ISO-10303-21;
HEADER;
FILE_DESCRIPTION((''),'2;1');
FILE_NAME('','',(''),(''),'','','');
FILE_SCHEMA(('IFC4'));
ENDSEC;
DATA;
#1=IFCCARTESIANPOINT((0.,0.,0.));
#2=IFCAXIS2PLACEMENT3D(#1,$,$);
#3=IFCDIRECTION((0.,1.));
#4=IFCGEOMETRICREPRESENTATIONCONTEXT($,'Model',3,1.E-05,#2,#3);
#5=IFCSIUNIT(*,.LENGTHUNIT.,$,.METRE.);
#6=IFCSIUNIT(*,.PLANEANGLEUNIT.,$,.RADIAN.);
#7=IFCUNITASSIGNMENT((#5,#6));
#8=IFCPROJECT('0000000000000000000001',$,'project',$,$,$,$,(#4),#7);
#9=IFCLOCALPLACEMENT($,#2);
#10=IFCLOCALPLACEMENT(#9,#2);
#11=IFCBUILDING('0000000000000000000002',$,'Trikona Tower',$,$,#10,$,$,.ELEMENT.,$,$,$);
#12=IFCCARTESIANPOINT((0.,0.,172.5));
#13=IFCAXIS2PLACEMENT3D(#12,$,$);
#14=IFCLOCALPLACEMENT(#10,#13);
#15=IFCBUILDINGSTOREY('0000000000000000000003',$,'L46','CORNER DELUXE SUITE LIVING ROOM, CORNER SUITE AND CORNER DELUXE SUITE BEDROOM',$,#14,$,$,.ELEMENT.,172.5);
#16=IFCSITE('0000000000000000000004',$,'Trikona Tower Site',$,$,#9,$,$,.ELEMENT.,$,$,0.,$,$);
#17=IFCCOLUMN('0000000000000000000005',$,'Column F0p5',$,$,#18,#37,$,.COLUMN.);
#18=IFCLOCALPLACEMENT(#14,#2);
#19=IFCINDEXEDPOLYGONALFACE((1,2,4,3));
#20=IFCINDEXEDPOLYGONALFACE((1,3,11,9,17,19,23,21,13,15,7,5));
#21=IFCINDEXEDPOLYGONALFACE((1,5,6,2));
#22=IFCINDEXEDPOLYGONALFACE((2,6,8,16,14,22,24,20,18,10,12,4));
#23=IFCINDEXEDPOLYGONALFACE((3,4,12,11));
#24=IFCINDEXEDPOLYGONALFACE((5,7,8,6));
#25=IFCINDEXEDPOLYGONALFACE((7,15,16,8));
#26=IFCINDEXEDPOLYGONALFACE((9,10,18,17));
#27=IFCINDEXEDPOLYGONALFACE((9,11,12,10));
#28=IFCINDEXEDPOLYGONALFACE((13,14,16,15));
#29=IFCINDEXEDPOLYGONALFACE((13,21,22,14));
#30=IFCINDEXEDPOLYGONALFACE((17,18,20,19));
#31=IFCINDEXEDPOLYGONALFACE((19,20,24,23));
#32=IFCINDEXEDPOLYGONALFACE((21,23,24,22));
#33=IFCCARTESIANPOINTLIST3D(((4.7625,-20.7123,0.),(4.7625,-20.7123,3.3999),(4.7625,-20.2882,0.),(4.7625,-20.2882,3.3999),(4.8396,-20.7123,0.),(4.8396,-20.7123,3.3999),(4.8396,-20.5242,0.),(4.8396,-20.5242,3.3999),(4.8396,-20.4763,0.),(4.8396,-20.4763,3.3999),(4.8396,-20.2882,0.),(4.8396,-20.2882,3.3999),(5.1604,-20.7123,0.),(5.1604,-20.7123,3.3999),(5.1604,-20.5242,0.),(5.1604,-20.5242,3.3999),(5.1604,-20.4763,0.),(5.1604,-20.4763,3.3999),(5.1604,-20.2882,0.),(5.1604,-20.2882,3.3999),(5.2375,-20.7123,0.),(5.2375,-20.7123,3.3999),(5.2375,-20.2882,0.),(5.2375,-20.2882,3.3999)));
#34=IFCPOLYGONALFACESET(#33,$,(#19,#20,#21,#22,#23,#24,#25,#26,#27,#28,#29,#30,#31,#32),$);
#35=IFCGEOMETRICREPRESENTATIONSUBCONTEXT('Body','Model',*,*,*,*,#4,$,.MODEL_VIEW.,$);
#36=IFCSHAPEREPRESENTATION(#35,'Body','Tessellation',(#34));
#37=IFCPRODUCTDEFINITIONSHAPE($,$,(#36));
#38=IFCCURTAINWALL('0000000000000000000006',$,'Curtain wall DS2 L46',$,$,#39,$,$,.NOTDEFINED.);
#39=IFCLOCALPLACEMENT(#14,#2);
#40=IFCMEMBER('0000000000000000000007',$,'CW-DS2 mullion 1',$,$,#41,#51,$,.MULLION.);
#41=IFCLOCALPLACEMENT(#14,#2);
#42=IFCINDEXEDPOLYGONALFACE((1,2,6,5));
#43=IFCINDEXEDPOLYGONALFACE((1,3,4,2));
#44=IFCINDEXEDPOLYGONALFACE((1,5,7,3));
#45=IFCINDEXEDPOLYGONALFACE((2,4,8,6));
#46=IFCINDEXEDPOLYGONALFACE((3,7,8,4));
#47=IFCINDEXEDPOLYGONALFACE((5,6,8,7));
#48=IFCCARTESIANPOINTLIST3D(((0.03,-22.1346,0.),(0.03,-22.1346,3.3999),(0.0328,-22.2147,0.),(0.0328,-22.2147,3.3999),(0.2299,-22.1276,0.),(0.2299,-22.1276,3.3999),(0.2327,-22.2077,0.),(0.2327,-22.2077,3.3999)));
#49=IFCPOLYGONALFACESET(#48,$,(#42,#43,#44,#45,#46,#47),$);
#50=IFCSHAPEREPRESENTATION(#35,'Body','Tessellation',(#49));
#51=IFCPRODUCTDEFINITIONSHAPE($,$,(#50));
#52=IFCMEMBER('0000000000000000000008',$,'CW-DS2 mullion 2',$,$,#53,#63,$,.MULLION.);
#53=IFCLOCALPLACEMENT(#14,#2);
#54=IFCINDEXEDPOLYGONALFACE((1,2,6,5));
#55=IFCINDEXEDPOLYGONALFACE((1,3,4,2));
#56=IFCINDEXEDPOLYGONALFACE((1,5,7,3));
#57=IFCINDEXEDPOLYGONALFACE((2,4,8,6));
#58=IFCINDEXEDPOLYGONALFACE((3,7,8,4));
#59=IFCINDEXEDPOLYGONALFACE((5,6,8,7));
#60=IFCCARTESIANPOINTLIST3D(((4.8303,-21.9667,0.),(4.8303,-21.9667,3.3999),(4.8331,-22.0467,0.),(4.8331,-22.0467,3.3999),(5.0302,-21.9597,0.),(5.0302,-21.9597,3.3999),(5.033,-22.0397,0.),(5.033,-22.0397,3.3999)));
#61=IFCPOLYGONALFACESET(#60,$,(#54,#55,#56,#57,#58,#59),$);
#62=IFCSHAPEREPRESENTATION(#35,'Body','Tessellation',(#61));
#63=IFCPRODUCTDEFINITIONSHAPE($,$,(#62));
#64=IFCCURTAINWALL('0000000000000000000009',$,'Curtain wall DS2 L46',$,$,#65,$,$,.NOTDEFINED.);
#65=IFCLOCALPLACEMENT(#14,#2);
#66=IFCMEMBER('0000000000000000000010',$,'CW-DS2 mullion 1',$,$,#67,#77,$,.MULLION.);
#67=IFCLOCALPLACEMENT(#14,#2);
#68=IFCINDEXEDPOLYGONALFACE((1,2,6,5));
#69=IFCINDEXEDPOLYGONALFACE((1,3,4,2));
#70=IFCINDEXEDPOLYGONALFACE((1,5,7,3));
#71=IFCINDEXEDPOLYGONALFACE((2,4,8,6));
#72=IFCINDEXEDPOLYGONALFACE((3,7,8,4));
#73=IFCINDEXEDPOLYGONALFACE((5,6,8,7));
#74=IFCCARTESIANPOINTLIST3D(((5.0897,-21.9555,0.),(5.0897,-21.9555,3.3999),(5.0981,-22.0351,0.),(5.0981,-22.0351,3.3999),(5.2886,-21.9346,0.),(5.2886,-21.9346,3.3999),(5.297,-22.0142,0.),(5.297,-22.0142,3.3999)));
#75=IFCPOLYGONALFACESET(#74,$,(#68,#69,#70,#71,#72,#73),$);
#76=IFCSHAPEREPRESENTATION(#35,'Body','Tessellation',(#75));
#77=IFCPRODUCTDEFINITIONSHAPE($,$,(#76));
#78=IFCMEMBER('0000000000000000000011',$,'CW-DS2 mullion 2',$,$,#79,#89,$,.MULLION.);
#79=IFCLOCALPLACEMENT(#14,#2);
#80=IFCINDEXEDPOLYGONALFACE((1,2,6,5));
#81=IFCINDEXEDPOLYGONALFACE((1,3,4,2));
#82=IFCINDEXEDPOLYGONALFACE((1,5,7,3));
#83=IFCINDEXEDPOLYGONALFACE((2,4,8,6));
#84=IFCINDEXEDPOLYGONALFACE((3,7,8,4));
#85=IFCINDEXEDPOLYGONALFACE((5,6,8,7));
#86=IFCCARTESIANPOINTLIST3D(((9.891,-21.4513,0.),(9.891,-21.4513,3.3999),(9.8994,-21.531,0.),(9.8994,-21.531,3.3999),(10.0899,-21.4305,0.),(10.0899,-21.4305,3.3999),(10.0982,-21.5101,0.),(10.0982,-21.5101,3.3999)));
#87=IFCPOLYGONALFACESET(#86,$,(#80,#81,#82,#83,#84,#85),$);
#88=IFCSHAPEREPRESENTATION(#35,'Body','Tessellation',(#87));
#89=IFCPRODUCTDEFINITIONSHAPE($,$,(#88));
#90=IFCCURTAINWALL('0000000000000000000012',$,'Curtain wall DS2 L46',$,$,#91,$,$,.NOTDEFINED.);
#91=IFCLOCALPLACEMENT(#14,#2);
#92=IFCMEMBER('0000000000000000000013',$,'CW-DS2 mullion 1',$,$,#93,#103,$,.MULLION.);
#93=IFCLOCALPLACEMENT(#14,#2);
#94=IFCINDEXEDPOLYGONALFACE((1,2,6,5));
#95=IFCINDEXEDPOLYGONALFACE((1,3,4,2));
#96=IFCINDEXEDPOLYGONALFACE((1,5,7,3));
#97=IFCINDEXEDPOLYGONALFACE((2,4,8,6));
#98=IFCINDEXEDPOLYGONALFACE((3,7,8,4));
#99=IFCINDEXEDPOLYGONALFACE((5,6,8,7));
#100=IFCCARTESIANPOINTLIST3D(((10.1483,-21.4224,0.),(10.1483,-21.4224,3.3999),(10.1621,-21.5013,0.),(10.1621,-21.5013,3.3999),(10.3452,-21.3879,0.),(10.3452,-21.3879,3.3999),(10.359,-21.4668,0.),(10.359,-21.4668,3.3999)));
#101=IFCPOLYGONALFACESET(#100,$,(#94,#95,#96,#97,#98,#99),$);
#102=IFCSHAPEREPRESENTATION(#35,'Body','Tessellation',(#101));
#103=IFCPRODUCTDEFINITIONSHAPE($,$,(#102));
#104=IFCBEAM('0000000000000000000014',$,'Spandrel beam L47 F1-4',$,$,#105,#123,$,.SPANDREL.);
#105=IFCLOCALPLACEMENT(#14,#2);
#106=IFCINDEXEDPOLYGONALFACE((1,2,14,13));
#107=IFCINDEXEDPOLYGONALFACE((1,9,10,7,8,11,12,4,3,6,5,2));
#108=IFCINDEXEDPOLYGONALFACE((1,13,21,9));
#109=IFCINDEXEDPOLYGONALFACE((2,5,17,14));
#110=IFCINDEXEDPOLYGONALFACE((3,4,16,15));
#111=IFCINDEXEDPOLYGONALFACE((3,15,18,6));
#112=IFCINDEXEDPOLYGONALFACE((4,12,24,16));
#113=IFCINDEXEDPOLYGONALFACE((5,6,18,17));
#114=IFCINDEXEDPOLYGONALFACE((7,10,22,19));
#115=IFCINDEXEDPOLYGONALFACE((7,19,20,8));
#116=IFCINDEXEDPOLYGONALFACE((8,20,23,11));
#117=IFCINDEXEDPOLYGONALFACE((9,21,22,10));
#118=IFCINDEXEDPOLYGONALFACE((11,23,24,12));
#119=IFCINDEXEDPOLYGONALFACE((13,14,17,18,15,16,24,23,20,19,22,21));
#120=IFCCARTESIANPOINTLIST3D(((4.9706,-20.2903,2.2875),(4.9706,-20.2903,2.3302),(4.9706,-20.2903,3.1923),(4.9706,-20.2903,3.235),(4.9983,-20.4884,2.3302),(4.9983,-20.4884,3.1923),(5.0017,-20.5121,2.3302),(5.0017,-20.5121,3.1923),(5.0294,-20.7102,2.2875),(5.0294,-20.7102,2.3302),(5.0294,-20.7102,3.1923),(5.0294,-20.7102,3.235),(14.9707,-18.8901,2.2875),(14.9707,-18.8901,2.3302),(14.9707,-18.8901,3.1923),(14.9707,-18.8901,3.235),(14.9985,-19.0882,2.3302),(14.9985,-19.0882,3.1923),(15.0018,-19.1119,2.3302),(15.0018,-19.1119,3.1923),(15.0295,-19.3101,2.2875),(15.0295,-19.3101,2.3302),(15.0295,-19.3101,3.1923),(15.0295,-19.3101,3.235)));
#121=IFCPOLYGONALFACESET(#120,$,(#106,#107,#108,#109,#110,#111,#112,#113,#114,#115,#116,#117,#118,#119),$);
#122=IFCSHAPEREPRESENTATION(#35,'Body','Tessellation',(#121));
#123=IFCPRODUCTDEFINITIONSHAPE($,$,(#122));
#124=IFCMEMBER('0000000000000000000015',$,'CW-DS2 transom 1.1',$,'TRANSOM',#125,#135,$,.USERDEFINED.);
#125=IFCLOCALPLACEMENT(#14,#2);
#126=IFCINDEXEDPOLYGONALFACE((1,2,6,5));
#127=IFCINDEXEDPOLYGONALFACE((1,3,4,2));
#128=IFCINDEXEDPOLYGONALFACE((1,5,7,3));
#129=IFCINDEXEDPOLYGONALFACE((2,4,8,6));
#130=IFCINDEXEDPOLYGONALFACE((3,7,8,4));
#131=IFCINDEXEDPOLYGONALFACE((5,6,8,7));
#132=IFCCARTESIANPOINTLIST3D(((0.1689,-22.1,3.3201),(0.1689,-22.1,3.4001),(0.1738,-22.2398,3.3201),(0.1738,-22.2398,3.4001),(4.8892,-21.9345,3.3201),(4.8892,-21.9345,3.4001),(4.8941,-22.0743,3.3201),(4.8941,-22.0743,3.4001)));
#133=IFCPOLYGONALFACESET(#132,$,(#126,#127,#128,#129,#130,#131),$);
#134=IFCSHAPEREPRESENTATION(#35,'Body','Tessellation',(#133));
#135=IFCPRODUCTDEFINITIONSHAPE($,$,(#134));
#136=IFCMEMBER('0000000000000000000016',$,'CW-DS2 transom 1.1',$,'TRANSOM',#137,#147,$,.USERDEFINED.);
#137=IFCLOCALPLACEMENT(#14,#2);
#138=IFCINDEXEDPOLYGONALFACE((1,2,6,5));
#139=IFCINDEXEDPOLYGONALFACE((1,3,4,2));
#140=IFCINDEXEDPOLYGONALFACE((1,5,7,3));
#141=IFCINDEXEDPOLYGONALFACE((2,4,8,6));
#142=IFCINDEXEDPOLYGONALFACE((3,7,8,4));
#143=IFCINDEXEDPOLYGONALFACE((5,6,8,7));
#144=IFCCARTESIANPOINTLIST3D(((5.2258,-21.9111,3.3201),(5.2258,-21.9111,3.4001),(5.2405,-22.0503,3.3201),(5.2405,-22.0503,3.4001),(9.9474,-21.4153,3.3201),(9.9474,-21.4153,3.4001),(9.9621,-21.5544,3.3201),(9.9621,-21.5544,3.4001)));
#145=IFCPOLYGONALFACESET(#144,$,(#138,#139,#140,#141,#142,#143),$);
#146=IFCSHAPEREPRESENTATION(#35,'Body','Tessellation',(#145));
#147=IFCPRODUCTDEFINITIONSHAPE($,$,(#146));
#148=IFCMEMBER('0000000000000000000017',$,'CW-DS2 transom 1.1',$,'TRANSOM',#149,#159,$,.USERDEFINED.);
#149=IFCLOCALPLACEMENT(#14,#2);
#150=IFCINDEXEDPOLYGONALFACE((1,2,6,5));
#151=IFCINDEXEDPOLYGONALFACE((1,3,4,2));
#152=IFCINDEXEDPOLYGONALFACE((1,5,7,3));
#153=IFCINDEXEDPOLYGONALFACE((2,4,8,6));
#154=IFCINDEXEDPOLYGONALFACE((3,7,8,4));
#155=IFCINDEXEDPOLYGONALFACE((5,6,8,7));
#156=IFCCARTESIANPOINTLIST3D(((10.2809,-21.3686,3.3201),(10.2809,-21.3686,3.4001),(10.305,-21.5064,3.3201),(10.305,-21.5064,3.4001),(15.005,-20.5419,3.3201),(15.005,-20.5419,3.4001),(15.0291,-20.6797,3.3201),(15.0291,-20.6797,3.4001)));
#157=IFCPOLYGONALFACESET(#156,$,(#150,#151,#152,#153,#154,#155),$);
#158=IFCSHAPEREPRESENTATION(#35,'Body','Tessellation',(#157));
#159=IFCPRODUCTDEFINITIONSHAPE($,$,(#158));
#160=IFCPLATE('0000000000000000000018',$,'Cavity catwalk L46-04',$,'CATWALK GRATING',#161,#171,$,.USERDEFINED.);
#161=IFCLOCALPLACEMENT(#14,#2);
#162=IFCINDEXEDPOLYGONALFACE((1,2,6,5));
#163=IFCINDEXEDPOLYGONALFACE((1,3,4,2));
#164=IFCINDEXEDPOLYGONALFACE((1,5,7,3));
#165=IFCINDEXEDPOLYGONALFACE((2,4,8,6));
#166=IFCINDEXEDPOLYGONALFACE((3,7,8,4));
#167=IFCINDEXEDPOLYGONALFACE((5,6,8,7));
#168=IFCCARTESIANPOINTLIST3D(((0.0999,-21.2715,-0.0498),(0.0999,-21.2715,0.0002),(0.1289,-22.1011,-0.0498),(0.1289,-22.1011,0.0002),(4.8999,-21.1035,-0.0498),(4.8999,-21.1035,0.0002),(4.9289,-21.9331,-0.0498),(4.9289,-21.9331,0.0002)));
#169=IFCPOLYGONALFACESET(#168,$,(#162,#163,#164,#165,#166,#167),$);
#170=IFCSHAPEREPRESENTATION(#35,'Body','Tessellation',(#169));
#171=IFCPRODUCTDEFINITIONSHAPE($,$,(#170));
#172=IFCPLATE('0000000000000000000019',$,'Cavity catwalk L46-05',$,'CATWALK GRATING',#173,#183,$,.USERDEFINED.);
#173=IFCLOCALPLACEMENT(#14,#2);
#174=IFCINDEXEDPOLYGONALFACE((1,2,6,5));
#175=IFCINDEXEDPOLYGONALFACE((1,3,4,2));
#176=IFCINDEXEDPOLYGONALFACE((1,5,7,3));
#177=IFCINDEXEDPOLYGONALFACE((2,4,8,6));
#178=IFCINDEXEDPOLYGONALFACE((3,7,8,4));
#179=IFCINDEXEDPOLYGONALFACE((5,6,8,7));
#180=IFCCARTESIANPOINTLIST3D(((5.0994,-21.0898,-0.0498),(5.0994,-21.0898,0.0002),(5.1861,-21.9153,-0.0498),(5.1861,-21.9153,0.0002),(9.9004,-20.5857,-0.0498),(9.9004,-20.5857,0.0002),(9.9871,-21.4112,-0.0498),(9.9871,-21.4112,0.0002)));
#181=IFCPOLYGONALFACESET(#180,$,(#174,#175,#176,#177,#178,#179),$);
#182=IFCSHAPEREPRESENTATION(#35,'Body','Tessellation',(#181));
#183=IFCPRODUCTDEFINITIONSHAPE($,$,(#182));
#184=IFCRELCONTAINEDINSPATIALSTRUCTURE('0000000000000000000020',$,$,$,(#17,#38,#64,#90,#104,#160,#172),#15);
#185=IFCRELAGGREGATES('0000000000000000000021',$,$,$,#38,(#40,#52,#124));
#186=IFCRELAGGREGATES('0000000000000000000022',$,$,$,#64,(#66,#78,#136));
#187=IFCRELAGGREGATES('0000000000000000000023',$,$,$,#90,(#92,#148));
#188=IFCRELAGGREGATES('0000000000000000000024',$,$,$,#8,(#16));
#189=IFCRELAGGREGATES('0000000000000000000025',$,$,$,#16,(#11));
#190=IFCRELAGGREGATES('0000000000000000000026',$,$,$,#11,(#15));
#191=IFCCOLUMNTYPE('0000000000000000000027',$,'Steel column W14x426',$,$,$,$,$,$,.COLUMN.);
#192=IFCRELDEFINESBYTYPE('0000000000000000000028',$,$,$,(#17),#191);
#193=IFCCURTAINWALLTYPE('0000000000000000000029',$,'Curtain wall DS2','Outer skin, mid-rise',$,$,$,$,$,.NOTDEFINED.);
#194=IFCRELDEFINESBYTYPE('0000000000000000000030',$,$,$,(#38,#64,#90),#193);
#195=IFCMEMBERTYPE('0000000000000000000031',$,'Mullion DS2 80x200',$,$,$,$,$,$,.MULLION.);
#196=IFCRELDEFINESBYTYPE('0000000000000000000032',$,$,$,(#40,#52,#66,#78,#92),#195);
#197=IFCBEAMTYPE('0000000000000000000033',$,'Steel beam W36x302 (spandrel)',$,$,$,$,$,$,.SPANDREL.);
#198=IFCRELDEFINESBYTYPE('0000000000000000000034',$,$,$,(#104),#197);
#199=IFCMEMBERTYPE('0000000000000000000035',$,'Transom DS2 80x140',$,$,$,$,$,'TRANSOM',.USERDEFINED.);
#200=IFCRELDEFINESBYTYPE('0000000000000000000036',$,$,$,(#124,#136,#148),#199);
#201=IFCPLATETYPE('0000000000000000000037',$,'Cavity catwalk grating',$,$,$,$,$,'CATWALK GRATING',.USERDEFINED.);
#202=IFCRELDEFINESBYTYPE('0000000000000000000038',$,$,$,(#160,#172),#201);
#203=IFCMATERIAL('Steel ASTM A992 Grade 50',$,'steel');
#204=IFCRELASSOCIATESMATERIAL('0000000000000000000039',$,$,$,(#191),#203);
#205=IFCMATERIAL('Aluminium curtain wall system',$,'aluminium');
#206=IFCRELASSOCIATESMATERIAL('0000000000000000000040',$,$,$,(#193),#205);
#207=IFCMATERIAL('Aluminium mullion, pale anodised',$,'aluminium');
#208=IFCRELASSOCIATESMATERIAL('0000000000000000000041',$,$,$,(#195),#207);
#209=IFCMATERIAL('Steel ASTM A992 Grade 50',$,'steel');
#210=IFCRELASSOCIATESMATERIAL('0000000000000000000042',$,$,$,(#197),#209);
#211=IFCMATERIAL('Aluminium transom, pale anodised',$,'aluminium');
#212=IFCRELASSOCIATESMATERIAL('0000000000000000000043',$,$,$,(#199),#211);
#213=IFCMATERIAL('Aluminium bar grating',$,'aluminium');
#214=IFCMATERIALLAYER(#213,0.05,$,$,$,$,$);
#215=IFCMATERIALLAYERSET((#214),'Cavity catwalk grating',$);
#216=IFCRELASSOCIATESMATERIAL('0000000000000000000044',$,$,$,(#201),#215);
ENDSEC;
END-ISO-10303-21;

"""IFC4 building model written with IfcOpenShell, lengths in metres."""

from ifc_helpers import new_model, si_unit, direction, frame, origin, origin_2d, place, context, subcontext, project, spatial, rectangle, i_section, extrude, material, layer, layer_set, material_profile, profile_set, type_object, element, aggregate, save


model = new_model("IFC4")

# Units and contexts
model_context = context("Model", 3, precision=1e-05, world=origin(), true_north=direction((0.0, 1.0)))
body_context = subcontext(model_context, "Body", "Model", "MODEL_VIEW")
ifc_project = project(units=[si_unit("LENGTHUNIT", "METRE"), si_unit("PLANEANGLEUNIT", "RADIAN")], contexts=[model_context])

# Site, building, storey
site_placement = place(None, origin())
site = spatial("IfcSite", under=ifc_project, at=site_placement, Name="Trikona Tower Site", CompositionType="ELEMENT", RefElevation=0.0)
building_placement = place(site_placement, origin())
building = spatial("IfcBuilding", under=site, at=building_placement, Name="Trikona Tower", CompositionType="ELEMENT")
storey_placement = place(building_placement, frame((0.0, 0.0, 172.5)))
storey = spatial("IfcBuildingStorey", under=building, at=storey_placement, Name="L46", Description="CORNER DELUXE SUITE LIVING ROOM, CORNER SUITE AND CORNER DELUXE SUITE BEDROOM", CompositionType="ELEMENT", Elevation=172.5)

# Column
ifc_material_1 = material(Name="Steel ASTM A992 Grade 50", Category="steel")
ifc_material_profile_1 = material_profile(ifc_material_1, i_section(OverallWidth=0.4241, OverallDepth=0.4751, WebThickness=0.0479, FlangeThickness=0.0771, at=origin_2d()), Name="W14X426")
ifc_profile_set_1 = profile_set([ifc_material_profile_1], Name="Steel ASTM A992 Grade 50")
column_type = type_object("IfcColumnType", Name="Steel column W14x426", PredefinedType="COLUMN", material=ifc_profile_set_1)
column_placement = place(storey_placement, frame((5.0, -20.5002, 0.0), z_axis=(0.0, 0.0, 1.0), x_axis=(0.0, -1.0, 0.0)))
element("IfcColumn", 1, at=column_placement, inside=storey, type_object=column_type, Name="Column F0p5", PredefinedType="COLUMN", context=body_context, shape_type="SweptSolid", body=[
    extrude(i_section(OverallWidth=0.4241, OverallDepth=0.4751, WebThickness=0.0479, FlangeThickness=0.0771, at=origin_2d()), origin(), (0.0, 0.0, 1.0), 3.3999),
])

# Curtain walls, members
ifc_material_2 = material(Name="Aluminium curtain wall system", Category="aluminium")
curtain_wall_type = type_object("IfcCurtainWallType", Name="Curtain wall DS2", Description="Outer skin, mid-rise", PredefinedType="NOTDEFINED", material=ifc_material_2)
curtain_wall_1_placement = place(storey_placement, origin())
curtain_wall_1 = element("IfcCurtainWall", 2, at=curtain_wall_1_placement, inside=storey, type_object=curtain_wall_type, Name="Curtain wall DS2 L46", PredefinedType="NOTDEFINED")
ifc_material_3 = material(Name="Aluminium mullion, pale anodised", Category="aluminium")
ifc_material_profile_2 = material_profile(ifc_material_3, rectangle(XDim=0.0801, YDim=0.2, at=origin_2d()), Name="MUL-DS2")
ifc_profile_set_2 = profile_set([ifc_material_profile_2], Name="Aluminium mullion, pale anodised")
member_type_1 = type_object("IfcMemberType", Name="Mullion DS2 80x200", PredefinedType="MULLION", material=ifc_profile_set_2)
member_1_placement = place(storey_placement, frame((0.1313, -22.1711, 0.0), z_axis=(0.0, 0.0, 1.0), x_axis=(-0.034998, 0.999387, 0.0)))
member_1 = element("IfcMember", 3, at=member_1_placement, type_object=member_type_1, Name="CW-DS2 mullion 1", PredefinedType="MULLION", context=body_context, shape_type="SweptSolid", body=[
    extrude(rectangle(XDim=0.0801, YDim=0.2, at=origin_2d()), origin(), (0.0, 0.0, 1.0), 3.3999),
])
member_2_placement = place(storey_placement, frame((4.9316, -22.0032, 0.0), z_axis=(0.0, 0.0, 1.0), x_axis=(-0.034998, 0.999387, 0.0)))
member_2 = element("IfcMember", 4, at=member_2_placement, type_object=member_type_1, Name="CW-DS2 mullion 2", PredefinedType="MULLION", context=body_context, shape_type="SweptSolid", body=[
    extrude(rectangle(XDim=0.0801, YDim=0.2, at=origin_2d()), origin(), (0.0, 0.0, 1.0), 3.3999),
])
curtain_wall_2_placement = place(storey_placement, origin())
curtain_wall_2 = element("IfcCurtainWall", 5, at=curtain_wall_2_placement, inside=storey, type_object=curtain_wall_type, Name="Curtain wall DS2 L46", PredefinedType="NOTDEFINED")
member_3_placement = place(storey_placement, frame((5.1934, -21.9849, 0.0), z_axis=(0.0, 0.0, 1.0), x_axis=(-0.104433, 0.994532, 0.0)))
member_3 = element("IfcMember", 6, at=member_3_placement, type_object=member_type_1, Name="CW-DS2 mullion 1", PredefinedType="MULLION", context=body_context, shape_type="SweptSolid", body=[
    extrude(rectangle(XDim=0.0801, YDim=0.2, at=origin_2d()), origin(), (0.0, 0.0, 1.0), 3.3999),
])
member_4_placement = place(storey_placement, frame((9.9946, -21.4807, 0.0), z_axis=(0.0, 0.0, 1.0), x_axis=(-0.104433, 0.994532, 0.0)))
member_4 = element("IfcMember", 7, at=member_4_placement, type_object=member_type_1, Name="CW-DS2 mullion 2", PredefinedType="MULLION", context=body_context, shape_type="SweptSolid", body=[
    extrude(rectangle(XDim=0.0801, YDim=0.2, at=origin_2d()), origin(), (0.0, 0.0, 1.0), 3.3999),
])

# Curtain wall, member
curtain_wall_3_placement = place(storey_placement, origin())
curtain_wall_3 = element("IfcCurtainWall", 8, at=curtain_wall_3_placement, inside=storey, type_object=curtain_wall_type, Name="Curtain wall DS2 L46", PredefinedType="NOTDEFINED")
member_5_placement = place(storey_placement, frame((10.2537, -21.4446, 0.0), z_axis=(0.0, 0.0, 1.0), x_axis=(-0.172377, 0.985031, 0.0)))
member_5 = element("IfcMember", 9, at=member_5_placement, type_object=member_type_1, Name="CW-DS2 mullion 1", PredefinedType="MULLION", context=body_context, shape_type="SweptSolid", body=[
    extrude(rectangle(XDim=0.0801, YDim=0.2, at=origin_2d()), origin(), (0.0, 0.0, 1.0), 3.3999),
])

# Beam
ifc_material_4 = material(Name="Steel ASTM A992 Grade 50", Category="steel")
ifc_material_profile_3 = material_profile(ifc_material_4, i_section(OverallWidth=0.4241, OverallDepth=0.9475, WebThickness=0.0239, FlangeThickness=0.0427, at=origin_2d()), Name="W36X302")
ifc_profile_set_3 = profile_set([ifc_material_profile_3], Name="Steel ASTM A992 Grade 50")
beam_type = type_object("IfcBeamType", Name="Steel beam W36x302 (spandrel)", PredefinedType="SPANDREL", material=ifc_profile_set_3)
beam_placement = place(storey_placement, frame((5.0, -20.5002, 2.7612), z_axis=(0.99034, 0.138662, 0.0), x_axis=(-0.138662, 0.99034, 0.0)))
element("IfcBeam", 10, at=beam_placement, inside=storey, type_object=beam_type, Name="Spandrel beam L47 F1-4", PredefinedType="SPANDREL", context=body_context, shape_type="SweptSolid", body=[
    extrude(i_section(OverallWidth=0.4241, OverallDepth=0.9475, WebThickness=0.0239, FlangeThickness=0.0427, at=origin_2d()), origin(), (0.0, 0.0, 1.0), 10.0977),
])

# Members
ifc_material_5 = material(Name="Aluminium transom, pale anodised", Category="aluminium")
ifc_material_profile_4 = material_profile(ifc_material_5, rectangle(XDim=0.1399, YDim=0.0801, at=origin_2d()), Name="TRN-DS2")
ifc_profile_set_4 = profile_set([ifc_material_profile_4], Name="Aluminium transom, pale anodised")
member_type_2 = type_object("IfcMemberType", Name="Transom DS2 80x140", ElementType="TRANSOM", PredefinedType="USERDEFINED", material=ifc_profile_set_4)
member_6_placement = place(storey_placement, frame((0.1714, -22.1699, 3.3601), z_axis=(0.999386, 0.035046, 0.0), x_axis=(-0.035046, 0.999386, 0.0)))
member_6 = element("IfcMember", 11, at=member_6_placement, type_object=member_type_2, Name="CW-DS2 transom 1.1", ObjectType="TRANSOM", PredefinedType="USERDEFINED", context=body_context, shape_type="SweptSolid", body=[
    extrude(rectangle(XDim=0.1399, YDim=0.0801, at=origin_2d()), origin(), (0.0, 0.0, 1.0), 4.7231),
])
member_7_placement = place(storey_placement, frame((5.2332, -21.9807, 3.3601), z_axis=(0.994531, 0.104441, 0.0), x_axis=(-0.104441, 0.994531, 0.0)))
member_7 = element("IfcMember", 12, at=member_7_placement, type_object=member_type_2, Name="CW-DS2 transom 1.1", ObjectType="TRANSOM", PredefinedType="USERDEFINED", context=body_context, shape_type="SweptSolid", body=[
    extrude(rectangle(XDim=0.1399, YDim=0.0801, at=origin_2d()), origin(), (0.0, 0.0, 1.0), 4.7476),
])
member_8_placement = place(storey_placement, frame((10.293, -21.4375, 3.3601), z_axis=(0.985033, 0.172368, 0.0), x_axis=(-0.172368, 0.985033, 0.0)))
member_8 = element("IfcMember", 13, at=member_8_placement, type_object=member_type_2, Name="CW-DS2 transom 1.1", ObjectType="TRANSOM", PredefinedType="USERDEFINED", context=body_context, shape_type="SweptSolid", body=[
    extrude(rectangle(XDim=0.1399, YDim=0.0801, at=origin_2d()), origin(), (0.0, 0.0, 1.0), 4.7959),
])

# Plates
ifc_material_6 = material(Name="Aluminium bar grating", Category="aluminium")
ifc_layer_1 = layer(ifc_material_6, 0.05)
ifc_layer_set_1 = layer_set([ifc_layer_1], Name="Cavity catwalk grating")
plate_type_1 = type_object("IfcPlateType", Name="Cavity catwalk grating", ElementType="CATWALK GRATING", PredefinedType="USERDEFINED", material=ifc_layer_set_1)
plate_1_placement = place(storey_placement, frame((2.5144, -21.6023, -0.0498), z_axis=(0.0, 0.0, 1.0), x_axis=(0.999388, 0.034978, 0.0)))
element("IfcPlate", 14, at=plate_1_placement, inside=storey, type_object=plate_type_1, Name="Cavity catwalk L46-04", ObjectType="CATWALK GRATING", PredefinedType="USERDEFINED", context=body_context, shape_type="SweptSolid", body=[
    extrude(rectangle(XDim=4.803, YDim=0.8301, at=origin_2d()), origin(), (0.0, 0.0, 1.0), 0.05),
])
plate_2_placement = place(storey_placement, frame((7.5432, -21.2505, -0.0498), z_axis=(0.0, 0.0, 1.0), x_axis=(0.994533, 0.104426, 0.0)))
element("IfcPlate", 15, at=plate_2_placement, inside=storey, type_object=plate_type_1, Name="Cavity catwalk L46-05", ObjectType="CATWALK GRATING", PredefinedType="USERDEFINED", context=body_context, shape_type="SweptSolid", body=[
    extrude(rectangle(XDim=4.8274, YDim=0.8301, at=origin_2d()), origin(), (0.0, 0.0, 1.0), 0.05),
])

aggregate(curtain_wall_1, [member_1, member_2, member_6])
aggregate(curtain_wall_2, [member_3, member_4, member_7])
aggregate(curtain_wall_3, [member_5, member_8])

save(model, "model.ifc")
